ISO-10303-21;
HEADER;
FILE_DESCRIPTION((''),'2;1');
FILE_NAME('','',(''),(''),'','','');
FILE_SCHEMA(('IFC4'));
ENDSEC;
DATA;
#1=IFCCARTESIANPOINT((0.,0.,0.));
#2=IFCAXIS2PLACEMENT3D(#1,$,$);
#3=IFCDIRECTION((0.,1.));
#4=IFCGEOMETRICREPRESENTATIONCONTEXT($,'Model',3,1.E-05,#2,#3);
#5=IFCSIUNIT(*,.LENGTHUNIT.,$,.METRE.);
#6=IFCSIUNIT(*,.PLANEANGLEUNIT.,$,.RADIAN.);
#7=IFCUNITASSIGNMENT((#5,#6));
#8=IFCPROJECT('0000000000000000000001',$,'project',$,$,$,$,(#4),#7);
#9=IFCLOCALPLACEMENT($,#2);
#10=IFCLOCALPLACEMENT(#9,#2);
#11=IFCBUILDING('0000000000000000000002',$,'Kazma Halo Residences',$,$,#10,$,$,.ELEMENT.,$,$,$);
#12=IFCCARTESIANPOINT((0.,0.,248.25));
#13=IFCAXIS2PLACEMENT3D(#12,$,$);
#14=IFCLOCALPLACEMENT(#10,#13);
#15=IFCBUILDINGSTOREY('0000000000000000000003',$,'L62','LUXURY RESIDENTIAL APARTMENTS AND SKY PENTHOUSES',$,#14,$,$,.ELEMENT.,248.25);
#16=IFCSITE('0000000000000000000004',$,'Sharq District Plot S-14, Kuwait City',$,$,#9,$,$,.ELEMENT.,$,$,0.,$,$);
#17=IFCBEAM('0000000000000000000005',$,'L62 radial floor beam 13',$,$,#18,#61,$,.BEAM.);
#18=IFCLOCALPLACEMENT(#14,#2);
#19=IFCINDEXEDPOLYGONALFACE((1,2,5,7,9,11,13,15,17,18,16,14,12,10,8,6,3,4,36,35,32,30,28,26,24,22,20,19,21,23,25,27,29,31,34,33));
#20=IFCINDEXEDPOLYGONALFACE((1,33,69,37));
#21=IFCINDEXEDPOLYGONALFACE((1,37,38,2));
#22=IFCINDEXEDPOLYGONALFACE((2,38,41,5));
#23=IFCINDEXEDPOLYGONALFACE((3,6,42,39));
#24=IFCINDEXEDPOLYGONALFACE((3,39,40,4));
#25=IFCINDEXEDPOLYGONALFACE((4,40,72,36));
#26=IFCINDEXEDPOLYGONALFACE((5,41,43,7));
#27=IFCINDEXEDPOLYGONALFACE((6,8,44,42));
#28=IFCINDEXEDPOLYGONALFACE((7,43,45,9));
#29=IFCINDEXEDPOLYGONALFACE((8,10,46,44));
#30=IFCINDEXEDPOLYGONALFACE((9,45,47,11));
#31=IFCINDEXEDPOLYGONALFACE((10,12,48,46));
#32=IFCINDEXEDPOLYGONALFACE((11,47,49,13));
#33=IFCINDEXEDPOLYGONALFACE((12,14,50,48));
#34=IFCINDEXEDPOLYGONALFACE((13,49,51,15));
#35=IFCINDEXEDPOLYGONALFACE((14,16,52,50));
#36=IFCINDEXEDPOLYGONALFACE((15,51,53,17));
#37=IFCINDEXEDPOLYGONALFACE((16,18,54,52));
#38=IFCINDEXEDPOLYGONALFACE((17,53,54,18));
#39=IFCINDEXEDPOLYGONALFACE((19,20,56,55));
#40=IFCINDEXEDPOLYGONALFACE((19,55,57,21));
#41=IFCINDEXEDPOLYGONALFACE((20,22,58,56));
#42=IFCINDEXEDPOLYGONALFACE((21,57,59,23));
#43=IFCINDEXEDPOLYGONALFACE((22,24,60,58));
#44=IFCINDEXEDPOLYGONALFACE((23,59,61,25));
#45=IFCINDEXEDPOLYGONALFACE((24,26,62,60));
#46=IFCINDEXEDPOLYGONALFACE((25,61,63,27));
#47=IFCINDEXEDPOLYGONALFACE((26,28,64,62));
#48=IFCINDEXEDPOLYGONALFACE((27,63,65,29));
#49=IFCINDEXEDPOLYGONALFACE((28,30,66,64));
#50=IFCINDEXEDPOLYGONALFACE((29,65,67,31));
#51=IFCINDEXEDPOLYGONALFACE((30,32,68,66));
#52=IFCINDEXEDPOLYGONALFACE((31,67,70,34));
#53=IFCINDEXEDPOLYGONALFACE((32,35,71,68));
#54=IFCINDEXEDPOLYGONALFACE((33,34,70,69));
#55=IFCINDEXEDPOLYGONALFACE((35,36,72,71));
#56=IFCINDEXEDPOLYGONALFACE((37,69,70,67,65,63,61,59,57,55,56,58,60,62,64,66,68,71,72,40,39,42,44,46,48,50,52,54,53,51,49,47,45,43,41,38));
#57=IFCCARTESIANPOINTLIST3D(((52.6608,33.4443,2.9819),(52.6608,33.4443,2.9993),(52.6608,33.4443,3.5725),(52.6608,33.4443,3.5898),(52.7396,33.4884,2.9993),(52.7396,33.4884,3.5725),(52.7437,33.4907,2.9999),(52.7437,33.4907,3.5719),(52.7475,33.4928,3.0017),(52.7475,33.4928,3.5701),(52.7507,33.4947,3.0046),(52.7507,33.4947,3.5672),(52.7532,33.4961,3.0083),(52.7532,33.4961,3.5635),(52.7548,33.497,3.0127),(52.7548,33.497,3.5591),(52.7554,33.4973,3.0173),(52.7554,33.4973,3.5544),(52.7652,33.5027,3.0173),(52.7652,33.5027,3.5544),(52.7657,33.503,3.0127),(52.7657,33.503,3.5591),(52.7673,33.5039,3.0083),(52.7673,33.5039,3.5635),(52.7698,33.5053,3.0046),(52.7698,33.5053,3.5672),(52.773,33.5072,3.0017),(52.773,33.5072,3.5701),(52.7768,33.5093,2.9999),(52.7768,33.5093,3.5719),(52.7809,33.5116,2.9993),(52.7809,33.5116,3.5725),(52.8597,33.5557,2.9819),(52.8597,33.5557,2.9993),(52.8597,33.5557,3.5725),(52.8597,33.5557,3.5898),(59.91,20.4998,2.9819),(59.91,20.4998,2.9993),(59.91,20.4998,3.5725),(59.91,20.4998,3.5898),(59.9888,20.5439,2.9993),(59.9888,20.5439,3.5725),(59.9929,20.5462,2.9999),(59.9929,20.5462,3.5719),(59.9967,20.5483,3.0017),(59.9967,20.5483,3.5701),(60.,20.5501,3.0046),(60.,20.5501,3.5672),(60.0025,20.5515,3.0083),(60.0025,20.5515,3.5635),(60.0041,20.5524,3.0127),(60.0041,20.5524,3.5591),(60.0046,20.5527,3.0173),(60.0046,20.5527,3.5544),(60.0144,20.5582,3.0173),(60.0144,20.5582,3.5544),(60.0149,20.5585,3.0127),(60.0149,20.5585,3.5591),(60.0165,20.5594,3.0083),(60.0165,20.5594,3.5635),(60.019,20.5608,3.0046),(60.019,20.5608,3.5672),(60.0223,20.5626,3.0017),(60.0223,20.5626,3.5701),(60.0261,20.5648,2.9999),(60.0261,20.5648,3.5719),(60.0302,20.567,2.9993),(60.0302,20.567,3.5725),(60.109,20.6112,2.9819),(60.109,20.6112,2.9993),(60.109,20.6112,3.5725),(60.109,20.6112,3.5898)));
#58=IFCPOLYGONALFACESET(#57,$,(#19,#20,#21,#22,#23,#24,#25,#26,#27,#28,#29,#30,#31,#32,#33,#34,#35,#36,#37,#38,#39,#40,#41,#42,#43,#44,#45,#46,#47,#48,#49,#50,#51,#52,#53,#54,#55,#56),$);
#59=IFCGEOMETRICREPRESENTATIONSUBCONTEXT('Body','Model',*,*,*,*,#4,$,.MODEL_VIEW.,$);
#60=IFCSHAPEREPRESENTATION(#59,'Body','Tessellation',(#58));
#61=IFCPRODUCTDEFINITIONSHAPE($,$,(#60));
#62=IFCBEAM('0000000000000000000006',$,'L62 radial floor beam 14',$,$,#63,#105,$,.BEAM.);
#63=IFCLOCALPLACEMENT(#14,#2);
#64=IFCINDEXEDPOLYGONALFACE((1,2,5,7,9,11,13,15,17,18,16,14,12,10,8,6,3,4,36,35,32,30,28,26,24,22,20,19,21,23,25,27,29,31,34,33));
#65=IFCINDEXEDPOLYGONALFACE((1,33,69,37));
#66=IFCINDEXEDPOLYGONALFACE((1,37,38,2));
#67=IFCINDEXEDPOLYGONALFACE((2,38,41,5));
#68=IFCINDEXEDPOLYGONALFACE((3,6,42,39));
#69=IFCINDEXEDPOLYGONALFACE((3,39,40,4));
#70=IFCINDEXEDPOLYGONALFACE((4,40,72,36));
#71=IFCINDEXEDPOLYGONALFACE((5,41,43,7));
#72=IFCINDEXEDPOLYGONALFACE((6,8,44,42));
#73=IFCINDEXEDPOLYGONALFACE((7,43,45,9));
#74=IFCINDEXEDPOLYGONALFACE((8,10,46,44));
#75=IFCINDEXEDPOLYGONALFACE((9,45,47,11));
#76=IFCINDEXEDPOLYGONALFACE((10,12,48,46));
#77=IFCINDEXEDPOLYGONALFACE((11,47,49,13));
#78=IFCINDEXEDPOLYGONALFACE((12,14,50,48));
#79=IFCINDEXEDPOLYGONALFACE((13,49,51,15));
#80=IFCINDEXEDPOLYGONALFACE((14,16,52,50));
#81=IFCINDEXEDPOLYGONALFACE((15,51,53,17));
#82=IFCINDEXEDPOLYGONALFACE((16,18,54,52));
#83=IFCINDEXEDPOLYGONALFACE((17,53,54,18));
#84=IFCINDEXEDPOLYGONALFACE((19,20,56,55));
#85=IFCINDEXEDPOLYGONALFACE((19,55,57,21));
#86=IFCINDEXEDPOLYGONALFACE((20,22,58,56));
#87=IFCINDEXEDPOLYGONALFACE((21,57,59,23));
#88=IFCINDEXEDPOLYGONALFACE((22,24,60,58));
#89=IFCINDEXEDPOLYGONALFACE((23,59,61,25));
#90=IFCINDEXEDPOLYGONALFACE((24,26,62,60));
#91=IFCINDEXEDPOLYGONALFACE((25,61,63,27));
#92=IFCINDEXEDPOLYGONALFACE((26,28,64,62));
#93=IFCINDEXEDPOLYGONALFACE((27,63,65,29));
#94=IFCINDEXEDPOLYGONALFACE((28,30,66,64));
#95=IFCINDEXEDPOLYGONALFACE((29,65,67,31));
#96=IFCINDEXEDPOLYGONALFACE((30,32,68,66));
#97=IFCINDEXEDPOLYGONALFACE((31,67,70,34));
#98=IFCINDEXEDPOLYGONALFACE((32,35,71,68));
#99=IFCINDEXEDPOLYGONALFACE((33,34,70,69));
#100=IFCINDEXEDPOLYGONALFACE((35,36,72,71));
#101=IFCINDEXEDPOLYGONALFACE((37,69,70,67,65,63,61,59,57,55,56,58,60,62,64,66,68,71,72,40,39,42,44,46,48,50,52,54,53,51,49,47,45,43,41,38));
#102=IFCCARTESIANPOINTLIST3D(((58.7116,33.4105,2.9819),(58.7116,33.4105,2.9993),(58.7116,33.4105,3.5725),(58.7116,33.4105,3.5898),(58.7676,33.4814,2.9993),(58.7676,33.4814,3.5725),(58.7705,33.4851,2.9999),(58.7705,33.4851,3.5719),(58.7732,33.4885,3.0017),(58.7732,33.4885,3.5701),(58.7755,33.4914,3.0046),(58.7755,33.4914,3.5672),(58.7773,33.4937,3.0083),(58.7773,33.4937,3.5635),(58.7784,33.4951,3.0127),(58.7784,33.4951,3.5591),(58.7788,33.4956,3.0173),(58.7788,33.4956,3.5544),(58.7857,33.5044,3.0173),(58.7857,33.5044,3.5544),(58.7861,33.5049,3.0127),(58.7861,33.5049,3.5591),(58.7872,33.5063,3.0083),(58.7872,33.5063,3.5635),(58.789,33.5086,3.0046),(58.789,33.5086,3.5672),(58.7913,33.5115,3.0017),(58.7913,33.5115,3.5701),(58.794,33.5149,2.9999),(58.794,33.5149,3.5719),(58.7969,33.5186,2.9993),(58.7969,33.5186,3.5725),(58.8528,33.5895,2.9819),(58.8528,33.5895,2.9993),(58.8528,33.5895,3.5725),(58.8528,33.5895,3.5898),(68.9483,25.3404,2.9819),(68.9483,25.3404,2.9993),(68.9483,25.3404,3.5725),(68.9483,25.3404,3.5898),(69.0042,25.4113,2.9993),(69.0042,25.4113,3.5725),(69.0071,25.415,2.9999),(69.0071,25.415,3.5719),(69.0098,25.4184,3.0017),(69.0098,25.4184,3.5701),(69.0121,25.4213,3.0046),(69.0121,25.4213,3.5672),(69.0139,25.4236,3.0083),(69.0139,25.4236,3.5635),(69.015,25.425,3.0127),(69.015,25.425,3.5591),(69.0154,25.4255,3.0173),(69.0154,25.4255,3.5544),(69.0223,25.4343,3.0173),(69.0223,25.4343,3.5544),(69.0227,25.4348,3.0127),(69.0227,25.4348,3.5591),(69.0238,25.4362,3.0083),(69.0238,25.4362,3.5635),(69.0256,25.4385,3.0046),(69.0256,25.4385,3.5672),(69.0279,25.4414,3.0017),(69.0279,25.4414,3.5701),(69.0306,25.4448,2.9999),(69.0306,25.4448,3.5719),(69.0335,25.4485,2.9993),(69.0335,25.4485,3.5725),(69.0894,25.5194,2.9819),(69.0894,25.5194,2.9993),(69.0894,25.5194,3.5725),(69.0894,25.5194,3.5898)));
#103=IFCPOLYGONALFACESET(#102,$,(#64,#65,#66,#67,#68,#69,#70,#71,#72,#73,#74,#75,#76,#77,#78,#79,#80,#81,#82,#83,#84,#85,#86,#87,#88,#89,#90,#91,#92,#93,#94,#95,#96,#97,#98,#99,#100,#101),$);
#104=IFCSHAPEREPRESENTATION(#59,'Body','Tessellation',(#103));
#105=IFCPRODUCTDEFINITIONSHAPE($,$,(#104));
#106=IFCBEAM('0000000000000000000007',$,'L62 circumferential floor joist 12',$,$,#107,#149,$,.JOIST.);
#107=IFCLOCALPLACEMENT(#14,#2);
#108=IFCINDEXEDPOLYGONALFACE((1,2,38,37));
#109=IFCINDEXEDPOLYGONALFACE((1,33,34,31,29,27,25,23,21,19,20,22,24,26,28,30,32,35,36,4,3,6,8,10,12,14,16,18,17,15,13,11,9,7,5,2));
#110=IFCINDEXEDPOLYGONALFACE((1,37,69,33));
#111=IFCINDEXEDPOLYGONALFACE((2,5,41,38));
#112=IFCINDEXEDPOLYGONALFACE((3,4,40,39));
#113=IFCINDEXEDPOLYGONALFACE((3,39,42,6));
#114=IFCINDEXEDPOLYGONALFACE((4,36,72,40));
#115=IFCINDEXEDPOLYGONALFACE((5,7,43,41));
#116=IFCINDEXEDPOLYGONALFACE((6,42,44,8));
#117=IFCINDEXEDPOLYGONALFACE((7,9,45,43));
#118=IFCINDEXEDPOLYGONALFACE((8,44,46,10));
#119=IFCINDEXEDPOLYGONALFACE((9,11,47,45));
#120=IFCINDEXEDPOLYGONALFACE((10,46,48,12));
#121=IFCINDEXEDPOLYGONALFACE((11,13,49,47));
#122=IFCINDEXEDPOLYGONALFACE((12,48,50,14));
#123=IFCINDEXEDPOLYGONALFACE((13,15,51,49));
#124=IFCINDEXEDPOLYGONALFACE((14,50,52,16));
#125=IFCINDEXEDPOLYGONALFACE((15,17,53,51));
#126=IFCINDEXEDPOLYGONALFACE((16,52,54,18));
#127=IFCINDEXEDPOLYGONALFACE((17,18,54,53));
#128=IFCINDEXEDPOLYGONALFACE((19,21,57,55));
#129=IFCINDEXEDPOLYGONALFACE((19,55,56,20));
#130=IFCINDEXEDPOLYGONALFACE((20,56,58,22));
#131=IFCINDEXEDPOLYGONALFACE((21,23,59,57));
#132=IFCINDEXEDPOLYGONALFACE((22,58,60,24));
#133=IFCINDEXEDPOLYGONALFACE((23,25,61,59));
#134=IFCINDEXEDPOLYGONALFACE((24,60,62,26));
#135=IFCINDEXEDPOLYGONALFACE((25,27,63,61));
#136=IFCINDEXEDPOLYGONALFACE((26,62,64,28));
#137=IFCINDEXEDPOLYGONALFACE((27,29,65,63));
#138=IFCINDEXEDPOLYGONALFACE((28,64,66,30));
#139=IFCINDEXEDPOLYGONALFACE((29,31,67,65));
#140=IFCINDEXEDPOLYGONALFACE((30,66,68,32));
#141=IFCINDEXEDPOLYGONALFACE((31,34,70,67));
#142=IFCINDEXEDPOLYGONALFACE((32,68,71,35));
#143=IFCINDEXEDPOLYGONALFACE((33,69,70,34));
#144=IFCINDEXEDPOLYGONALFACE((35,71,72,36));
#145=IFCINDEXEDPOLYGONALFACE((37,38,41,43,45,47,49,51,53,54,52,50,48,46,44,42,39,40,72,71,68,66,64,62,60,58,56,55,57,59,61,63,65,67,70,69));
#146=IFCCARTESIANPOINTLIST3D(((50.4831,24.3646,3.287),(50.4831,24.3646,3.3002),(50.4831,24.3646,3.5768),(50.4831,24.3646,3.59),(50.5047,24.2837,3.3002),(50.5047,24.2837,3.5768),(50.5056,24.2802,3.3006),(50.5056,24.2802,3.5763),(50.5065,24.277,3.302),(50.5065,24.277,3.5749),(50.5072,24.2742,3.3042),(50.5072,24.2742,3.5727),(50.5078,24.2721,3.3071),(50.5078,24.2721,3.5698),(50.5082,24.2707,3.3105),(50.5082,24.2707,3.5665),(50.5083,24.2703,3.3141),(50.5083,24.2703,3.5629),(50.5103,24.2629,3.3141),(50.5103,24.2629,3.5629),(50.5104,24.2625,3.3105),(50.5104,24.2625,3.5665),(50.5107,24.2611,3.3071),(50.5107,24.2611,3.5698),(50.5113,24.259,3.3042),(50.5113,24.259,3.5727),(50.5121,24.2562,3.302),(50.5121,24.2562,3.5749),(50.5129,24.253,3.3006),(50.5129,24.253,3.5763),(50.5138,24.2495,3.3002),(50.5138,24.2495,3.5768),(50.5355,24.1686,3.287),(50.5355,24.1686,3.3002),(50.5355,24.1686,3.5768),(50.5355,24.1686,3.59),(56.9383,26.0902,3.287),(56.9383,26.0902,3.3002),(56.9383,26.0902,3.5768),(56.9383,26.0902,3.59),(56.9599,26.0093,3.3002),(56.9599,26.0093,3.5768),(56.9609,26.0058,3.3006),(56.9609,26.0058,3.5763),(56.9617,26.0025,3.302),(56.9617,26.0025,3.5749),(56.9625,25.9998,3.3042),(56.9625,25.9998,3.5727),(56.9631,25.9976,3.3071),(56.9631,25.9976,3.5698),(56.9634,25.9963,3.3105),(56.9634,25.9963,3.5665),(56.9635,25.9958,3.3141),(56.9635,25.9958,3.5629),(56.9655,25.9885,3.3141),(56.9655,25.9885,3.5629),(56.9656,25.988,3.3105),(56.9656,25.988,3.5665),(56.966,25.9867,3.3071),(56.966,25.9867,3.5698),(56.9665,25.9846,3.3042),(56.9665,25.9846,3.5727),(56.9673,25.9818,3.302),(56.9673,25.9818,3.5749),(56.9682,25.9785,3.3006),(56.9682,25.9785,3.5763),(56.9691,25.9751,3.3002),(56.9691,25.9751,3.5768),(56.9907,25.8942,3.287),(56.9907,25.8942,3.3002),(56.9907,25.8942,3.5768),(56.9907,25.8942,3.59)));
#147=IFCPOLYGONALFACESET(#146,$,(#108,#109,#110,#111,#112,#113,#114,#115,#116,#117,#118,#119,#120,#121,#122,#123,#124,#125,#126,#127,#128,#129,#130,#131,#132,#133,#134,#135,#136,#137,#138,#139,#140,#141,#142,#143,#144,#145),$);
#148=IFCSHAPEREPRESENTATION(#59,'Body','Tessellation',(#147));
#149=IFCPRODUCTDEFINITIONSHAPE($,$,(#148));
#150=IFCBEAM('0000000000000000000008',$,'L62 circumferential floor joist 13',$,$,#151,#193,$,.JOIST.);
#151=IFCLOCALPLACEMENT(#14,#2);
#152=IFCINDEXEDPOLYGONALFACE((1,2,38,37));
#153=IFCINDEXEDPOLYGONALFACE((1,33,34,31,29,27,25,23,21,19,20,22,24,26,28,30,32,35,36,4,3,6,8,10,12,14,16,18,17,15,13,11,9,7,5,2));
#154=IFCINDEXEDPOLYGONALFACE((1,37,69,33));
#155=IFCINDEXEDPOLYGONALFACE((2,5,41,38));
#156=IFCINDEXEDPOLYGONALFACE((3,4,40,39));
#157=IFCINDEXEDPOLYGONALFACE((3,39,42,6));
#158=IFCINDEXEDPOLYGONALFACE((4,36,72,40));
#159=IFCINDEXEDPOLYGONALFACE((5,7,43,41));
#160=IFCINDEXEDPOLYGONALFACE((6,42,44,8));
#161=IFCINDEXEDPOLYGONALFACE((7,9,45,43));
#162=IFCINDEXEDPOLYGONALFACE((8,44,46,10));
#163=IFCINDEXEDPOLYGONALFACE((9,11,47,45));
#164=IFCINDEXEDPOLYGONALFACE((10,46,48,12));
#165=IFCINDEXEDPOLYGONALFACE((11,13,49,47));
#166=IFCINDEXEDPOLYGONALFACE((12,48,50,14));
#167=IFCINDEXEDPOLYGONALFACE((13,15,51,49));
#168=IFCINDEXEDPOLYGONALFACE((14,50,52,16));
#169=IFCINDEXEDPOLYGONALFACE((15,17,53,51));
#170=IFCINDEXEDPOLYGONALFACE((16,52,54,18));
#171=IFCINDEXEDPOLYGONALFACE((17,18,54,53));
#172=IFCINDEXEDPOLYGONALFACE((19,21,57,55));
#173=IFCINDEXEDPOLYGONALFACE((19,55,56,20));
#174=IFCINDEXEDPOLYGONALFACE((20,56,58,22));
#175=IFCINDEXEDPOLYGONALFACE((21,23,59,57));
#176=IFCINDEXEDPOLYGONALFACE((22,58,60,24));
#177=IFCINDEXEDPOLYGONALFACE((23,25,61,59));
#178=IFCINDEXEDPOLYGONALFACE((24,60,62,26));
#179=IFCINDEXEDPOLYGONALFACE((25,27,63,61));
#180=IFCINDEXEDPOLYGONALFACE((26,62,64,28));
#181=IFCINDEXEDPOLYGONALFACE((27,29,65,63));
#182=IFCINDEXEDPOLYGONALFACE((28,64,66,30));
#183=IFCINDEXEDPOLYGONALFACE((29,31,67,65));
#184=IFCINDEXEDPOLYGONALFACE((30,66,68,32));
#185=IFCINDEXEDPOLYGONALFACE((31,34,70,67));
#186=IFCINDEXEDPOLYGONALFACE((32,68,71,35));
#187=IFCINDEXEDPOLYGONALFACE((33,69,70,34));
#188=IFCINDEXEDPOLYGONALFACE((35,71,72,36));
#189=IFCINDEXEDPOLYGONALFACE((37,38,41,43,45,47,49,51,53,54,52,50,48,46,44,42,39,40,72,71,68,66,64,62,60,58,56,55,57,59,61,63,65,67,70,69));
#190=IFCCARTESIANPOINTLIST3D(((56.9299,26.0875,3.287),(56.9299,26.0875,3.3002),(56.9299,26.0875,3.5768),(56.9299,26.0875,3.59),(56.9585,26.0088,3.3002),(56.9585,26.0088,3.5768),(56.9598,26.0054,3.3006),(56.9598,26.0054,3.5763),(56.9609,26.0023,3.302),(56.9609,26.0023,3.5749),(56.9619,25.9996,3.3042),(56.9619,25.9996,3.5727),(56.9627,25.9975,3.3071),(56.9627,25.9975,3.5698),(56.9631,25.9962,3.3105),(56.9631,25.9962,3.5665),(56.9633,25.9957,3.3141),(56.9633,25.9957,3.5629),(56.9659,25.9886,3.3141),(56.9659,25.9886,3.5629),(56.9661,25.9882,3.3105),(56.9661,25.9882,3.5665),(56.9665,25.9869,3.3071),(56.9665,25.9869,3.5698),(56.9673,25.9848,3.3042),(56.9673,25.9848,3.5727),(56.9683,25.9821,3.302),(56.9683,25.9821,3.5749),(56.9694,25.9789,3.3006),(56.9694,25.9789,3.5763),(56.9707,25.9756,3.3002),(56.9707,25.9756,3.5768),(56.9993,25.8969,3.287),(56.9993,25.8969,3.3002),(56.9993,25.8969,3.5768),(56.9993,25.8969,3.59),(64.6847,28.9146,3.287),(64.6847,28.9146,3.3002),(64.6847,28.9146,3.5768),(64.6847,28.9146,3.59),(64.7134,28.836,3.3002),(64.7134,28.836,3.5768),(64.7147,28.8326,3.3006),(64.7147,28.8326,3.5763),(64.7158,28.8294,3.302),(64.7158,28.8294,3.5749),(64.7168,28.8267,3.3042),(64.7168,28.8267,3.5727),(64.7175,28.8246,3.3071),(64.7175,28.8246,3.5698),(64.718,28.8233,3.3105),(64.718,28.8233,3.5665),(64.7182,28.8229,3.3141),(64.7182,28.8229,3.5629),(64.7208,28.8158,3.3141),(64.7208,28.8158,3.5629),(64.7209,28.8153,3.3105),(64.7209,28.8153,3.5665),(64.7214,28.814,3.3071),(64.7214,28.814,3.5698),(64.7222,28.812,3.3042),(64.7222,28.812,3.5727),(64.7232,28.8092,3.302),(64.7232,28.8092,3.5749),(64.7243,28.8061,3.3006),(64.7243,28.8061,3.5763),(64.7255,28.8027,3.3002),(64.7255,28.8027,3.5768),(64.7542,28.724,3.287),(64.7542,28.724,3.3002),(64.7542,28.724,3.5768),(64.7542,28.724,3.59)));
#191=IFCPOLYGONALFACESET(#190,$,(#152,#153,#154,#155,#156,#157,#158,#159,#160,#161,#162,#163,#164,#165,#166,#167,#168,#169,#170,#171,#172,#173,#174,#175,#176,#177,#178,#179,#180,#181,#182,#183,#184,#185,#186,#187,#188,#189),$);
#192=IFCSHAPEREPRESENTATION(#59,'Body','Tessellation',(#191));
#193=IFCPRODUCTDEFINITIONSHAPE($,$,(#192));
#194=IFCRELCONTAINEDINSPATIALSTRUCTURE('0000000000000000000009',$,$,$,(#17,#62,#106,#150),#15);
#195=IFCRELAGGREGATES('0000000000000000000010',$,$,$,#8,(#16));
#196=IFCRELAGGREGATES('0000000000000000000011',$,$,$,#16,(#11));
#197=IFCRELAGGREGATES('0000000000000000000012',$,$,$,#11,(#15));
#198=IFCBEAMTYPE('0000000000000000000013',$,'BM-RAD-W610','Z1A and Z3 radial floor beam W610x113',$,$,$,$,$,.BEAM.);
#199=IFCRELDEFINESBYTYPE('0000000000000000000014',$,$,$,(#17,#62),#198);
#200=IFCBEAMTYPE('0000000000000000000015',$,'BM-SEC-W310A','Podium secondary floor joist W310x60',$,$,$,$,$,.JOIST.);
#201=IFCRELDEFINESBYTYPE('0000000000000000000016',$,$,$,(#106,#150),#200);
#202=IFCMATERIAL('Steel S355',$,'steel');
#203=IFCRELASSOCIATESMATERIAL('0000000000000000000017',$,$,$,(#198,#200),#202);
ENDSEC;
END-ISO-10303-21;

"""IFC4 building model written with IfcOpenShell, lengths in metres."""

from ifc_helpers import new_model, si_unit, direction, frame, origin, origin_2d, place, context, subcontext, project, spatial, i_section, extrude, material, material_profile, profile_set, type_object, element, save


model = new_model("IFC4")

# Units and contexts
model_context = context("Model", 3, precision=1e-05, world=origin(), true_north=direction((0.0, 1.0)))
body_context = subcontext(model_context, "Body", "Model", "MODEL_VIEW")
ifc_project = project(units=[si_unit("LENGTHUNIT", "METRE"), si_unit("PLANEANGLEUNIT", "RADIAN")], contexts=[model_context])

# Site, building, storey
site_placement = place(None, origin())
site = spatial("IfcSite", under=ifc_project, at=site_placement, Name="Sharq District Plot S-14, Kuwait City", CompositionType="ELEMENT", RefElevation=0.0)
building_placement = place(site_placement, origin())
building = spatial("IfcBuilding", under=site, at=building_placement, Name="Kazma Halo Residences", CompositionType="ELEMENT")
storey_placement = place(building_placement, frame((0.0, 0.0, 248.25)))
storey = spatial("IfcBuildingStorey", under=building, at=storey_placement, Name="L62", Description="LUXURY RESIDENTIAL APARTMENTS AND SKY PENTHOUSES", CompositionType="ELEMENT", Elevation=248.25)

# Beams
ifc_material_1 = material(Name="Steel S355", Category="steel")
ifc_material_profile_1 = material_profile(ifc_material_1, i_section(OverallWidth=0.228, OverallDepth=0.6079, WebThickness=0.0112, FlangeThickness=0.0173, FilletRadius=0.0181, at=origin_2d()), Name="W610x113")
ifc_profile_set_1 = profile_set([ifc_material_profile_1], Name="Steel S355")
beam_type_1 = type_object("IfcBeamType", Name="BM-RAD-W610", Description="Z1A and Z3 radial floor beam W610x113", PredefinedType="BEAM", material=ifc_profile_set_1)
beam_1_placement = place(storey_placement, frame((52.7603, 33.5, 3.2859), z_axis=(0.488619, -0.872497, 0.0), x_axis=(0.872497, 0.488619, 0.0)))
element("IfcBeam", 1, at=beam_1_placement, inside=storey, type_object=beam_type_1, Name="L62 radial floor beam 13", PredefinedType="BEAM", context=body_context, shape_type="SweptSolid", body=[
    extrude(i_section(OverallWidth=0.228, OverallDepth=0.6079, WebThickness=0.0112, FlangeThickness=0.0173, FilletRadius=0.0181, at=origin_2d()), origin(), (0.0, 0.0, 1.0), 14.8362),
])
beam_2_placement = place(storey_placement, frame((58.7822, 33.5, 3.2859), z_axis=(0.785309, -0.619104, 0.0), x_axis=(0.619104, 0.785309, 0.0)))
element("IfcBeam", 2, at=beam_2_placement, inside=storey, type_object=beam_type_1, Name="L62 radial floor beam 14", PredefinedType="BEAM", context=body_context, shape_type="SweptSolid", body=[
    extrude(i_section(OverallWidth=0.228, OverallDepth=0.6079, WebThickness=0.0112, FlangeThickness=0.0173, FilletRadius=0.0181, at=origin_2d()), origin(), (0.0, 0.0, 1.0), 13.0352),
])
ifc_material_profile_2 = material_profile(ifc_material_1, i_section(OverallWidth=0.2029, OverallDepth=0.303, WebThickness=0.0076, FlangeThickness=0.0132, FilletRadius=0.0139, at=origin_2d()), Name="W310x60")
ifc_profile_set_2 = profile_set([ifc_material_profile_2], Name="Steel S355")
beam_type_2 = type_object("IfcBeamType", Name="BM-SEC-W310A", Description="Podium secondary floor joist W310x60", PredefinedType="JOIST", material=ifc_profile_set_2)
beam_3_placement = place(storey_placement, frame((50.5093, 24.2666, 3.4385), z_axis=(0.96608, 0.258245, 0.0), x_axis=(-0.258245, 0.96608, 0.0)))
element("IfcBeam", 3, at=beam_3_placement, inside=storey, type_object=beam_type_2, Name="L62 circumferential floor joist 12", PredefinedType="JOIST", context=body_context, shape_type="SweptSolid", body=[
    extrude(i_section(OverallWidth=0.2029, OverallDepth=0.303, WebThickness=0.0076, FlangeThickness=0.0132, FilletRadius=0.0139, at=origin_2d()), origin(), (0.0, 0.0, 1.0), 6.6819),
])
beam_4_placement = place(storey_placement, frame((56.9646, 25.9922, 3.4385), z_axis=(0.939513, 0.342512, 0.0), x_axis=(-0.342512, 0.939513, 0.0)))
element("IfcBeam", 4, at=beam_4_placement, inside=storey, type_object=beam_type_2, Name="L62 circumferential floor joist 13", PredefinedType="JOIST", context=body_context, shape_type="SweptSolid", body=[
    extrude(i_section(OverallWidth=0.2029, OverallDepth=0.303, WebThickness=0.0076, FlangeThickness=0.0132, FilletRadius=0.0139, at=origin_2d()), origin(), (0.0, 0.0, 1.0), 8.2542),
])

save(model, "model.ifc")
